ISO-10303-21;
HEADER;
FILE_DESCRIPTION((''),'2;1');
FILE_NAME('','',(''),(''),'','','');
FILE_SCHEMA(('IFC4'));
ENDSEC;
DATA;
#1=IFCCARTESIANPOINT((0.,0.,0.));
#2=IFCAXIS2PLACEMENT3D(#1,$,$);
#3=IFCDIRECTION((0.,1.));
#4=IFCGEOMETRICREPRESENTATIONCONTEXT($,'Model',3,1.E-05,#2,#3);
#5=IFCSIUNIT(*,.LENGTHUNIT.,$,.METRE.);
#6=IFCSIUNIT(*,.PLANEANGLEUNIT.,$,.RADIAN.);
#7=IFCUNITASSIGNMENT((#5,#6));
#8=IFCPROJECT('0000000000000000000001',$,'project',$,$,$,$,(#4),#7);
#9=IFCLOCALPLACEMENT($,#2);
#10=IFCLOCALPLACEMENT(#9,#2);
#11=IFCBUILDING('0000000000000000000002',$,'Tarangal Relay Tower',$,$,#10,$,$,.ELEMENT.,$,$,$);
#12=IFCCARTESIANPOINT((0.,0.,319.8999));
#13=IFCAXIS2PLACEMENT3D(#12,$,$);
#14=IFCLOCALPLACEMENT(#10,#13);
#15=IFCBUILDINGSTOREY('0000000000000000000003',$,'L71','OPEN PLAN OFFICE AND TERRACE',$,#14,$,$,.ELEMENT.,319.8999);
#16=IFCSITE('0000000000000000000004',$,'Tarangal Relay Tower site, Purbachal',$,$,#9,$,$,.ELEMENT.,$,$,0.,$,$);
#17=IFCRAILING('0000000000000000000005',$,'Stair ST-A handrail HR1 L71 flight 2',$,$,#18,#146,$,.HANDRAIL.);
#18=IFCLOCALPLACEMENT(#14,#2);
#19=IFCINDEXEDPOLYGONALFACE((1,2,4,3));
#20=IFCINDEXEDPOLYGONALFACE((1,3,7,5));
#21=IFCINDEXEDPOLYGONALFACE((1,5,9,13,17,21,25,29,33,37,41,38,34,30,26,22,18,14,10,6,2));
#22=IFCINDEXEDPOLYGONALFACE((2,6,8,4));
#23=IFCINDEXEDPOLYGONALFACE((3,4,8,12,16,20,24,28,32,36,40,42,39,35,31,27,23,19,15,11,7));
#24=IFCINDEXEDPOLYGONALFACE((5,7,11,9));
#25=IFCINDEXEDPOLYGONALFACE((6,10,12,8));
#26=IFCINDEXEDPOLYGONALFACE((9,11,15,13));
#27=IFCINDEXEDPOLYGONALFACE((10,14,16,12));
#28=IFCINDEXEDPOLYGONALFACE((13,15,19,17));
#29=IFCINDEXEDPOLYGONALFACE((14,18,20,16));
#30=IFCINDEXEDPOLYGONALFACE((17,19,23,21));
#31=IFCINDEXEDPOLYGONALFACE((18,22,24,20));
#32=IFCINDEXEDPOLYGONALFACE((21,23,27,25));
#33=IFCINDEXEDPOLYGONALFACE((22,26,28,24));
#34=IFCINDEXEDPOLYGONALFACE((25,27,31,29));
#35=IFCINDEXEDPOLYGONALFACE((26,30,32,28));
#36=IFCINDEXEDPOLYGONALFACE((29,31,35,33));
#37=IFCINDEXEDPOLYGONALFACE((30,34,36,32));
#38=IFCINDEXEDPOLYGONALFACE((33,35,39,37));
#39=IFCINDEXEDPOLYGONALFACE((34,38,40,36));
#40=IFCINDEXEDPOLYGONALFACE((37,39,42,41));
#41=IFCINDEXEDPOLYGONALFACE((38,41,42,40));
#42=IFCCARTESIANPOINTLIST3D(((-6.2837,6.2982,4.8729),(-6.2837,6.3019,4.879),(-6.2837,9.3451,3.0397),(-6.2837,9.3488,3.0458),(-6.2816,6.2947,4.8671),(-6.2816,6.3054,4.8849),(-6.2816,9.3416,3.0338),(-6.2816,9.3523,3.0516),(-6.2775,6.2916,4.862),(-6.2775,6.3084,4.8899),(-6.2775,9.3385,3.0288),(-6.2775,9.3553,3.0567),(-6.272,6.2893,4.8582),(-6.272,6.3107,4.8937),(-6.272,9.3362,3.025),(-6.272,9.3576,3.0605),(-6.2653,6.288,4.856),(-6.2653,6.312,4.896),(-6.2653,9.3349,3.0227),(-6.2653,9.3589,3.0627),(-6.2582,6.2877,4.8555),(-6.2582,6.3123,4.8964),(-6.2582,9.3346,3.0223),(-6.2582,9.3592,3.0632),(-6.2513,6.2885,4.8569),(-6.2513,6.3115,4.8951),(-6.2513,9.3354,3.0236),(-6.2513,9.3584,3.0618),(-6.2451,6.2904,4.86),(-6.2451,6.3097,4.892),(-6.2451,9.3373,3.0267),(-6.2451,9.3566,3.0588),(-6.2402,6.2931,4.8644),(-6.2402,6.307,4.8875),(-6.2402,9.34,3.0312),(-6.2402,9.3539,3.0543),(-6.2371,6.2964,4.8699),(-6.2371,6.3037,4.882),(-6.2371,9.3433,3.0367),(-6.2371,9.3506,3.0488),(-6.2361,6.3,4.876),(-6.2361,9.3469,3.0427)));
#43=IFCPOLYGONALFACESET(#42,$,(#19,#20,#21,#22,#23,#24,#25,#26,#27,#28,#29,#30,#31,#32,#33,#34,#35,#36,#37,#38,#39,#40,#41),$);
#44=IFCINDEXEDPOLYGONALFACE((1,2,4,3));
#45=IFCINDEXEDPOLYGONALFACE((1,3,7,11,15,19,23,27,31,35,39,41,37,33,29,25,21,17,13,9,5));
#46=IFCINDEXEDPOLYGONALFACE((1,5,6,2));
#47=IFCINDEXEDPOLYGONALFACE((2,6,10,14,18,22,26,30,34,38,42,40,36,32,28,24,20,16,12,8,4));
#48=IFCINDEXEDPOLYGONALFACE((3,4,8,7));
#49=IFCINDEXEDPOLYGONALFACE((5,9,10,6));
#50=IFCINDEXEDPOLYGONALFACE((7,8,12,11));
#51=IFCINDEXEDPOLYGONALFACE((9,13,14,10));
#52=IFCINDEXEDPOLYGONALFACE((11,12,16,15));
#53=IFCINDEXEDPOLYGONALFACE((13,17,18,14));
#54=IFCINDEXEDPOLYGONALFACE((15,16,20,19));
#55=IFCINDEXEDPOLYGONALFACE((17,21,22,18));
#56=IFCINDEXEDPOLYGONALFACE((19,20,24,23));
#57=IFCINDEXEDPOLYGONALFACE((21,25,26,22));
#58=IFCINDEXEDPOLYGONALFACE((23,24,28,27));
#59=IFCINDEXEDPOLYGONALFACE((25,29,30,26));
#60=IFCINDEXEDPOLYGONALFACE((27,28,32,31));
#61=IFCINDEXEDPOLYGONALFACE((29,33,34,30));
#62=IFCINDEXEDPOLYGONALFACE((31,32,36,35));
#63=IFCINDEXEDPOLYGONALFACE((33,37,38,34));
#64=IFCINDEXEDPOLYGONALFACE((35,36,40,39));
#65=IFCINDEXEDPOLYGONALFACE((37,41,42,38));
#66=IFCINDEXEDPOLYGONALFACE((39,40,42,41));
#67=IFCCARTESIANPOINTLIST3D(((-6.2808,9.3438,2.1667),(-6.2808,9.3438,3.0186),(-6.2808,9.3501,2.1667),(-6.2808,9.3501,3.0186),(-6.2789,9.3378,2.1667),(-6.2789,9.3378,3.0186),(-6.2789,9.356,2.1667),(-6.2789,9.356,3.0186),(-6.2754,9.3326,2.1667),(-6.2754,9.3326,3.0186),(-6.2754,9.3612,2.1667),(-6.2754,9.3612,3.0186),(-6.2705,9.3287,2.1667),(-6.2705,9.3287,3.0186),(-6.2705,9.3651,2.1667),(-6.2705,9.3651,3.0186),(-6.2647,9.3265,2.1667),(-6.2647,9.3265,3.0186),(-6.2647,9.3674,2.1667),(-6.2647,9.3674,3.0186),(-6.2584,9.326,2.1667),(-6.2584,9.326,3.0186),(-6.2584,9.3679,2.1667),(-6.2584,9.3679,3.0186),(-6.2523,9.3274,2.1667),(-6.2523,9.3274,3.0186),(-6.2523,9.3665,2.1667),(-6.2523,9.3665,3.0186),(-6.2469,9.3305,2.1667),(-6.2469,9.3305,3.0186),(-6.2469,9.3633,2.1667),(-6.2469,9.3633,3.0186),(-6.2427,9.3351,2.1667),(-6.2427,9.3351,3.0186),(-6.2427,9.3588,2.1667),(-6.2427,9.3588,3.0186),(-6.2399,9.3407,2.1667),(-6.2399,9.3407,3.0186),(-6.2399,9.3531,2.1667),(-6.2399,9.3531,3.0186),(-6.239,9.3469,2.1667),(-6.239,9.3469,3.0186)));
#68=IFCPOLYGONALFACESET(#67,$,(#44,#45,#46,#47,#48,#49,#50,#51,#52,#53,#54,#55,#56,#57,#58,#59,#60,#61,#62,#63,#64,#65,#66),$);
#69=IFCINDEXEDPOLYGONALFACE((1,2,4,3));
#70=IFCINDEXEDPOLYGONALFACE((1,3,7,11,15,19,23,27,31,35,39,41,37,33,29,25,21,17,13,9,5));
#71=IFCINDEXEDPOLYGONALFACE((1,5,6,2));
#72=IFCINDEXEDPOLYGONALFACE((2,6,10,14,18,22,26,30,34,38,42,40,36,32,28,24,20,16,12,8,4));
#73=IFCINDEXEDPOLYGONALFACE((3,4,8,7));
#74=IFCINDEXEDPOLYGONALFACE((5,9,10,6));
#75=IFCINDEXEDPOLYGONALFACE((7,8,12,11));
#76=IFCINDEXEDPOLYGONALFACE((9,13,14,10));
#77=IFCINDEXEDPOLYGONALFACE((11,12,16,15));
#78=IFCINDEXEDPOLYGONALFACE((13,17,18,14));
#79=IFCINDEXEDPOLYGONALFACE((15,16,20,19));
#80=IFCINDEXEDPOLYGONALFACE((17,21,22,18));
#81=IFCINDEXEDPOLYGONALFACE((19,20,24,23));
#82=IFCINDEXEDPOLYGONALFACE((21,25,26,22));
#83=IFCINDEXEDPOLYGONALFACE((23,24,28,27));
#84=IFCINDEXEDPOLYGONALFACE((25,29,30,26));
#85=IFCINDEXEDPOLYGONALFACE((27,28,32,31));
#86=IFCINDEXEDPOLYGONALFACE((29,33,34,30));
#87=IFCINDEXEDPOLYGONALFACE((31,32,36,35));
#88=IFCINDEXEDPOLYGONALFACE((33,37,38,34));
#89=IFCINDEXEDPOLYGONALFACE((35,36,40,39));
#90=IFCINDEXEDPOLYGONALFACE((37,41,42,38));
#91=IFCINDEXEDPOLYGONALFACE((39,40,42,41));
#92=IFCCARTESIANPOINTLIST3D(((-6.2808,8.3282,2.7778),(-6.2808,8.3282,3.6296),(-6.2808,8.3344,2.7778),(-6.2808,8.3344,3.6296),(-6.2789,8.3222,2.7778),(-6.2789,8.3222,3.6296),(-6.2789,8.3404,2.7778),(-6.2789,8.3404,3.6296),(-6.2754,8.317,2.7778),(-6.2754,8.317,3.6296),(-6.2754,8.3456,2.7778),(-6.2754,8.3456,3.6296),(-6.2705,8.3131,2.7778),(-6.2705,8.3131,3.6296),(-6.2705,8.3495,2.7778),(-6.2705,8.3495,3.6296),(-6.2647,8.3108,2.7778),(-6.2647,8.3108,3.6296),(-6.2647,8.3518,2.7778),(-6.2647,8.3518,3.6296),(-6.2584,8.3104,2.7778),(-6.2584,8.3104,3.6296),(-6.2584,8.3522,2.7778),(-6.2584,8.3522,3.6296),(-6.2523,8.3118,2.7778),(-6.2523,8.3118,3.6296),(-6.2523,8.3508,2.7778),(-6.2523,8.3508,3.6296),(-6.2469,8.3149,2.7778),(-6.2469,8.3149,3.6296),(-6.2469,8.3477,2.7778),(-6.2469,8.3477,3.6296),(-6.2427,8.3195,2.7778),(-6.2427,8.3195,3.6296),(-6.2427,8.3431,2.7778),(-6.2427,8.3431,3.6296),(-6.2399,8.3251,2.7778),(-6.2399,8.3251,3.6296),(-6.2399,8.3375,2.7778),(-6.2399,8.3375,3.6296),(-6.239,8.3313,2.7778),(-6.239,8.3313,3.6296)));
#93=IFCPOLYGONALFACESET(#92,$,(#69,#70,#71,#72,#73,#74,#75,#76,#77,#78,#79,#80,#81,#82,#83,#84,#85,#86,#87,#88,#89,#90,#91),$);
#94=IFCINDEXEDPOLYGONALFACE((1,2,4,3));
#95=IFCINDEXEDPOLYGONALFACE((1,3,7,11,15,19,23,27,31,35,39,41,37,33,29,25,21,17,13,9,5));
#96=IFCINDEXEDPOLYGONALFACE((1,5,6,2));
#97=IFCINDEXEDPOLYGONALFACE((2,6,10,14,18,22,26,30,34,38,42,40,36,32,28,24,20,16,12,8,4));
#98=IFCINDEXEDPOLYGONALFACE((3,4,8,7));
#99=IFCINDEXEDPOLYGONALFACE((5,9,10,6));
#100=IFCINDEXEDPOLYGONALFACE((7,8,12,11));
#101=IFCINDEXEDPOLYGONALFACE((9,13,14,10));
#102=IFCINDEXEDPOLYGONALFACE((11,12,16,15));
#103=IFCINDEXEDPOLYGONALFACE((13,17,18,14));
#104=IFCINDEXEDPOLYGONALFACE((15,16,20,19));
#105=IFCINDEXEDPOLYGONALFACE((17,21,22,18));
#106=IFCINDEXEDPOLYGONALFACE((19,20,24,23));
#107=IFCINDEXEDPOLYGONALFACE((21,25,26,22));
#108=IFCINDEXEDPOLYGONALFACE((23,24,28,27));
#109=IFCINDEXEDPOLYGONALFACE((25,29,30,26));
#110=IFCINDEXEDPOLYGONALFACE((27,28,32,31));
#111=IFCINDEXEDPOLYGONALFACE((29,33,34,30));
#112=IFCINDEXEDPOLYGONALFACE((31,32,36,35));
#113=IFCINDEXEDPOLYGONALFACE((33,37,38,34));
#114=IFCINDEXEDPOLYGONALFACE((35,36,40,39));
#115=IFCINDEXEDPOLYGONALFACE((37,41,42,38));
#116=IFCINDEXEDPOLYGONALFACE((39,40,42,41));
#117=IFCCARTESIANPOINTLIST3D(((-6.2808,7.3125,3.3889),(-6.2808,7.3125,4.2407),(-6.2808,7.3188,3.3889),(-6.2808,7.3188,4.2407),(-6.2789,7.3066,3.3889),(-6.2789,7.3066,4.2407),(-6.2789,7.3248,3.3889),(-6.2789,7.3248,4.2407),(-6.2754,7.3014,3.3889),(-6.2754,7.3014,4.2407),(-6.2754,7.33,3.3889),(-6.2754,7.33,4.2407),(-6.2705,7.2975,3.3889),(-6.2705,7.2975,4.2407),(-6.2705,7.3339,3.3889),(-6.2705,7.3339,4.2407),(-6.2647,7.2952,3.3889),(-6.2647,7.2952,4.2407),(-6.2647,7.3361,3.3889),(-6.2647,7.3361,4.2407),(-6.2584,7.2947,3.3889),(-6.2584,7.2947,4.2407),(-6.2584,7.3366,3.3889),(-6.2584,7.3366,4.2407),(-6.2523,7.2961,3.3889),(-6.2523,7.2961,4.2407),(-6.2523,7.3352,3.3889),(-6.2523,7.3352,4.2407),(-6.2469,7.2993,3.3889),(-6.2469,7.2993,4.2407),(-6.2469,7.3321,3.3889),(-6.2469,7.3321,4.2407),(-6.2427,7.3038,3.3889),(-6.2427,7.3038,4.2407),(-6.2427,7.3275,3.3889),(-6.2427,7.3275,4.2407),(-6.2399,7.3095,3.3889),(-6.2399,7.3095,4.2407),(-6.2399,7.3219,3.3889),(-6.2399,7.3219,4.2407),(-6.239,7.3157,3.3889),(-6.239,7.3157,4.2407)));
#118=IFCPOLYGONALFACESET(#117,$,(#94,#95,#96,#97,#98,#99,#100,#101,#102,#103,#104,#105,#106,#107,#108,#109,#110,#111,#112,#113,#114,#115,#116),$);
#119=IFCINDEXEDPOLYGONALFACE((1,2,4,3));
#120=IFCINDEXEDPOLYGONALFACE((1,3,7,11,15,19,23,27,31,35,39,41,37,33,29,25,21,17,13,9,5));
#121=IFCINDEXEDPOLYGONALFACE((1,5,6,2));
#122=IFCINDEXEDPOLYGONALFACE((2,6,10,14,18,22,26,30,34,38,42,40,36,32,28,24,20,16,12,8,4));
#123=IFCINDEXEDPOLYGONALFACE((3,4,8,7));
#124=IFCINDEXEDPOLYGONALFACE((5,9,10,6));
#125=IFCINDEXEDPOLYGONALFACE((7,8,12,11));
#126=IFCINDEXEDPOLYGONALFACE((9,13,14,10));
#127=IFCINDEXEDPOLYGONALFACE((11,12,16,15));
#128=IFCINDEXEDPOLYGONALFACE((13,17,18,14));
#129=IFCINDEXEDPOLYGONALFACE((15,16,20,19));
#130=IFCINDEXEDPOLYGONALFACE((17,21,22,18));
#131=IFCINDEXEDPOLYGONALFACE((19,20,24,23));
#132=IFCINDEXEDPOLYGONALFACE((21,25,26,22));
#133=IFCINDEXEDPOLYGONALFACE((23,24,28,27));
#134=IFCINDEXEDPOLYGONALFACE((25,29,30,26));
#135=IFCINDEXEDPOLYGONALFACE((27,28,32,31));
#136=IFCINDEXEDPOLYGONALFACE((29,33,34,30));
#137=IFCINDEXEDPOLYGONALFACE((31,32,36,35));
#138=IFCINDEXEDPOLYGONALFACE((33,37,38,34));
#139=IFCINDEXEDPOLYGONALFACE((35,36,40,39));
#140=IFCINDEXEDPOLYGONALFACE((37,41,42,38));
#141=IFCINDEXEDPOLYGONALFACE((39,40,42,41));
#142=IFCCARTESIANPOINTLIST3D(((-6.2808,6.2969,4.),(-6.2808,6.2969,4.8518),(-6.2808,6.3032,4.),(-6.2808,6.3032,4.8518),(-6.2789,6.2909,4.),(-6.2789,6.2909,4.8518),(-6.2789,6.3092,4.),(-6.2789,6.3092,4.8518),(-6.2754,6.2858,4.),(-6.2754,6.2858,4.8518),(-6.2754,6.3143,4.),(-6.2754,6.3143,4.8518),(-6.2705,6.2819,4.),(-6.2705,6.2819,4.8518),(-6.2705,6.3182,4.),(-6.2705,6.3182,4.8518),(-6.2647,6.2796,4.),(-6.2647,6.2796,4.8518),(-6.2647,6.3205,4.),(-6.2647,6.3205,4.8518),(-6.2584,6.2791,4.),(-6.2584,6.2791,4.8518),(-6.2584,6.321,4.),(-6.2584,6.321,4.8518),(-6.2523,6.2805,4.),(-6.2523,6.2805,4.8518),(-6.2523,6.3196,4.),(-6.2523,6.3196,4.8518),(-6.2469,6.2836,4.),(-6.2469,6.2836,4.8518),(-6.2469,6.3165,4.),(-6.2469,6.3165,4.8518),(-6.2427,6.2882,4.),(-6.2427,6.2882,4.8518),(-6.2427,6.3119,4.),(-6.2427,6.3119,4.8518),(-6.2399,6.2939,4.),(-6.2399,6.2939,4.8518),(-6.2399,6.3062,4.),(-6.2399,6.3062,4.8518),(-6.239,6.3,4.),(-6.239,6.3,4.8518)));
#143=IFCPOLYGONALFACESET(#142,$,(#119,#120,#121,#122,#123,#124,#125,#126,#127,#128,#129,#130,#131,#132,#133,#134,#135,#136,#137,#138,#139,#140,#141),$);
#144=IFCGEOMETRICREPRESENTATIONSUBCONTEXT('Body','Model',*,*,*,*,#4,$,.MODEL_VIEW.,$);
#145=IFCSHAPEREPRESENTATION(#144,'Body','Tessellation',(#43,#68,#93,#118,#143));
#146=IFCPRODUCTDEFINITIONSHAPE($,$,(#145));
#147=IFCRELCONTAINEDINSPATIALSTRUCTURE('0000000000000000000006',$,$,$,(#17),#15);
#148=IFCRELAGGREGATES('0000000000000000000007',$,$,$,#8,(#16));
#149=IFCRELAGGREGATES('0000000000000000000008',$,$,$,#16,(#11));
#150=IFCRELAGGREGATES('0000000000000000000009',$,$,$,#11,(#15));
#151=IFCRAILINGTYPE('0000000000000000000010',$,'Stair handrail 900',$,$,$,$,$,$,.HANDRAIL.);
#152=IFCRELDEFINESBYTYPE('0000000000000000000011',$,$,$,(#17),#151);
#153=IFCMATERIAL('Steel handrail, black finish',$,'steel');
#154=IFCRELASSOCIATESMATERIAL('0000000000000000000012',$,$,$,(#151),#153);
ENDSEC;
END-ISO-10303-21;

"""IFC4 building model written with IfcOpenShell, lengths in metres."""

from ifc_helpers import new_model, si_unit, direction, frame, origin, origin_2d, place, context, subcontext, project, spatial, circle, extrude, material, type_object, element, save


model = new_model("IFC4")

# Units and contexts
model_context = context("Model", 3, precision=1e-05, world=origin(), true_north=direction((0.0, 1.0)))
body_context = subcontext(model_context, "Body", "Model", "MODEL_VIEW")
ifc_project = project(units=[si_unit("LENGTHUNIT", "METRE"), si_unit("PLANEANGLEUNIT", "RADIAN")], contexts=[model_context])

# Site, building, storey
site_placement = place(None, origin())
site = spatial("IfcSite", under=ifc_project, at=site_placement, Name="Tarangal Relay Tower site, Purbachal", CompositionType="ELEMENT", RefElevation=0.0)
building_placement = place(site_placement, origin())
building = spatial("IfcBuilding", under=site, at=building_placement, Name="Tarangal Relay Tower", CompositionType="ELEMENT")
storey_placement = place(building_placement, frame((0.0, 0.0, 319.8999)))
storey = spatial("IfcBuildingStorey", under=building, at=storey_placement, Name="L71", Description="OPEN PLAN OFFICE AND TERRACE", CompositionType="ELEMENT", Elevation=319.8999)

# Railing
ifc_material_1 = material(Name="Steel handrail, black finish", Category="steel")
railing_type_1 = type_object("IfcRailingType", Name="Stair handrail 900", PredefinedType="HANDRAIL", material=ifc_material_1)
railing_1_placement = place(storey_placement, frame((-6.26, 9.3469, 2.1667)))
element("IfcRailing", 1, at=railing_1_placement, inside=storey, type_object=railing_type_1, Name="Stair ST-A handrail HR1 L71 flight 2", PredefinedType="HANDRAIL", context=body_context, shape_type="SweptSolid", body=[
    extrude(circle(Radius=0.0239, at=origin_2d()), frame((0.0, 0.0, 0.876), z_axis=(0.0, -0.856856, 0.515556), x_axis=(1.0, 0.0, 0.0)), (0.0, 0.0, 1.0), 3.5559),
    extrude(circle(Radius=0.021, at=origin_2d()), origin(), (0.0, 0.0, 1.0), 0.8518),
    extrude(circle(Radius=0.021, at=origin_2d()), frame((0.0, -1.0156, 0.6111)), (0.0, 0.0, 1.0), 0.8518),
    extrude(circle(Radius=0.021, at=origin_2d()), frame((0.0, -2.0312, 1.2222)), (0.0, 0.0, 1.0), 0.8518),
    extrude(circle(Radius=0.021, at=origin_2d()), frame((0.0, -3.0469, 1.8333)), (0.0, 0.0, 1.0), 0.8518),
])

save(model, "model.ifc")
